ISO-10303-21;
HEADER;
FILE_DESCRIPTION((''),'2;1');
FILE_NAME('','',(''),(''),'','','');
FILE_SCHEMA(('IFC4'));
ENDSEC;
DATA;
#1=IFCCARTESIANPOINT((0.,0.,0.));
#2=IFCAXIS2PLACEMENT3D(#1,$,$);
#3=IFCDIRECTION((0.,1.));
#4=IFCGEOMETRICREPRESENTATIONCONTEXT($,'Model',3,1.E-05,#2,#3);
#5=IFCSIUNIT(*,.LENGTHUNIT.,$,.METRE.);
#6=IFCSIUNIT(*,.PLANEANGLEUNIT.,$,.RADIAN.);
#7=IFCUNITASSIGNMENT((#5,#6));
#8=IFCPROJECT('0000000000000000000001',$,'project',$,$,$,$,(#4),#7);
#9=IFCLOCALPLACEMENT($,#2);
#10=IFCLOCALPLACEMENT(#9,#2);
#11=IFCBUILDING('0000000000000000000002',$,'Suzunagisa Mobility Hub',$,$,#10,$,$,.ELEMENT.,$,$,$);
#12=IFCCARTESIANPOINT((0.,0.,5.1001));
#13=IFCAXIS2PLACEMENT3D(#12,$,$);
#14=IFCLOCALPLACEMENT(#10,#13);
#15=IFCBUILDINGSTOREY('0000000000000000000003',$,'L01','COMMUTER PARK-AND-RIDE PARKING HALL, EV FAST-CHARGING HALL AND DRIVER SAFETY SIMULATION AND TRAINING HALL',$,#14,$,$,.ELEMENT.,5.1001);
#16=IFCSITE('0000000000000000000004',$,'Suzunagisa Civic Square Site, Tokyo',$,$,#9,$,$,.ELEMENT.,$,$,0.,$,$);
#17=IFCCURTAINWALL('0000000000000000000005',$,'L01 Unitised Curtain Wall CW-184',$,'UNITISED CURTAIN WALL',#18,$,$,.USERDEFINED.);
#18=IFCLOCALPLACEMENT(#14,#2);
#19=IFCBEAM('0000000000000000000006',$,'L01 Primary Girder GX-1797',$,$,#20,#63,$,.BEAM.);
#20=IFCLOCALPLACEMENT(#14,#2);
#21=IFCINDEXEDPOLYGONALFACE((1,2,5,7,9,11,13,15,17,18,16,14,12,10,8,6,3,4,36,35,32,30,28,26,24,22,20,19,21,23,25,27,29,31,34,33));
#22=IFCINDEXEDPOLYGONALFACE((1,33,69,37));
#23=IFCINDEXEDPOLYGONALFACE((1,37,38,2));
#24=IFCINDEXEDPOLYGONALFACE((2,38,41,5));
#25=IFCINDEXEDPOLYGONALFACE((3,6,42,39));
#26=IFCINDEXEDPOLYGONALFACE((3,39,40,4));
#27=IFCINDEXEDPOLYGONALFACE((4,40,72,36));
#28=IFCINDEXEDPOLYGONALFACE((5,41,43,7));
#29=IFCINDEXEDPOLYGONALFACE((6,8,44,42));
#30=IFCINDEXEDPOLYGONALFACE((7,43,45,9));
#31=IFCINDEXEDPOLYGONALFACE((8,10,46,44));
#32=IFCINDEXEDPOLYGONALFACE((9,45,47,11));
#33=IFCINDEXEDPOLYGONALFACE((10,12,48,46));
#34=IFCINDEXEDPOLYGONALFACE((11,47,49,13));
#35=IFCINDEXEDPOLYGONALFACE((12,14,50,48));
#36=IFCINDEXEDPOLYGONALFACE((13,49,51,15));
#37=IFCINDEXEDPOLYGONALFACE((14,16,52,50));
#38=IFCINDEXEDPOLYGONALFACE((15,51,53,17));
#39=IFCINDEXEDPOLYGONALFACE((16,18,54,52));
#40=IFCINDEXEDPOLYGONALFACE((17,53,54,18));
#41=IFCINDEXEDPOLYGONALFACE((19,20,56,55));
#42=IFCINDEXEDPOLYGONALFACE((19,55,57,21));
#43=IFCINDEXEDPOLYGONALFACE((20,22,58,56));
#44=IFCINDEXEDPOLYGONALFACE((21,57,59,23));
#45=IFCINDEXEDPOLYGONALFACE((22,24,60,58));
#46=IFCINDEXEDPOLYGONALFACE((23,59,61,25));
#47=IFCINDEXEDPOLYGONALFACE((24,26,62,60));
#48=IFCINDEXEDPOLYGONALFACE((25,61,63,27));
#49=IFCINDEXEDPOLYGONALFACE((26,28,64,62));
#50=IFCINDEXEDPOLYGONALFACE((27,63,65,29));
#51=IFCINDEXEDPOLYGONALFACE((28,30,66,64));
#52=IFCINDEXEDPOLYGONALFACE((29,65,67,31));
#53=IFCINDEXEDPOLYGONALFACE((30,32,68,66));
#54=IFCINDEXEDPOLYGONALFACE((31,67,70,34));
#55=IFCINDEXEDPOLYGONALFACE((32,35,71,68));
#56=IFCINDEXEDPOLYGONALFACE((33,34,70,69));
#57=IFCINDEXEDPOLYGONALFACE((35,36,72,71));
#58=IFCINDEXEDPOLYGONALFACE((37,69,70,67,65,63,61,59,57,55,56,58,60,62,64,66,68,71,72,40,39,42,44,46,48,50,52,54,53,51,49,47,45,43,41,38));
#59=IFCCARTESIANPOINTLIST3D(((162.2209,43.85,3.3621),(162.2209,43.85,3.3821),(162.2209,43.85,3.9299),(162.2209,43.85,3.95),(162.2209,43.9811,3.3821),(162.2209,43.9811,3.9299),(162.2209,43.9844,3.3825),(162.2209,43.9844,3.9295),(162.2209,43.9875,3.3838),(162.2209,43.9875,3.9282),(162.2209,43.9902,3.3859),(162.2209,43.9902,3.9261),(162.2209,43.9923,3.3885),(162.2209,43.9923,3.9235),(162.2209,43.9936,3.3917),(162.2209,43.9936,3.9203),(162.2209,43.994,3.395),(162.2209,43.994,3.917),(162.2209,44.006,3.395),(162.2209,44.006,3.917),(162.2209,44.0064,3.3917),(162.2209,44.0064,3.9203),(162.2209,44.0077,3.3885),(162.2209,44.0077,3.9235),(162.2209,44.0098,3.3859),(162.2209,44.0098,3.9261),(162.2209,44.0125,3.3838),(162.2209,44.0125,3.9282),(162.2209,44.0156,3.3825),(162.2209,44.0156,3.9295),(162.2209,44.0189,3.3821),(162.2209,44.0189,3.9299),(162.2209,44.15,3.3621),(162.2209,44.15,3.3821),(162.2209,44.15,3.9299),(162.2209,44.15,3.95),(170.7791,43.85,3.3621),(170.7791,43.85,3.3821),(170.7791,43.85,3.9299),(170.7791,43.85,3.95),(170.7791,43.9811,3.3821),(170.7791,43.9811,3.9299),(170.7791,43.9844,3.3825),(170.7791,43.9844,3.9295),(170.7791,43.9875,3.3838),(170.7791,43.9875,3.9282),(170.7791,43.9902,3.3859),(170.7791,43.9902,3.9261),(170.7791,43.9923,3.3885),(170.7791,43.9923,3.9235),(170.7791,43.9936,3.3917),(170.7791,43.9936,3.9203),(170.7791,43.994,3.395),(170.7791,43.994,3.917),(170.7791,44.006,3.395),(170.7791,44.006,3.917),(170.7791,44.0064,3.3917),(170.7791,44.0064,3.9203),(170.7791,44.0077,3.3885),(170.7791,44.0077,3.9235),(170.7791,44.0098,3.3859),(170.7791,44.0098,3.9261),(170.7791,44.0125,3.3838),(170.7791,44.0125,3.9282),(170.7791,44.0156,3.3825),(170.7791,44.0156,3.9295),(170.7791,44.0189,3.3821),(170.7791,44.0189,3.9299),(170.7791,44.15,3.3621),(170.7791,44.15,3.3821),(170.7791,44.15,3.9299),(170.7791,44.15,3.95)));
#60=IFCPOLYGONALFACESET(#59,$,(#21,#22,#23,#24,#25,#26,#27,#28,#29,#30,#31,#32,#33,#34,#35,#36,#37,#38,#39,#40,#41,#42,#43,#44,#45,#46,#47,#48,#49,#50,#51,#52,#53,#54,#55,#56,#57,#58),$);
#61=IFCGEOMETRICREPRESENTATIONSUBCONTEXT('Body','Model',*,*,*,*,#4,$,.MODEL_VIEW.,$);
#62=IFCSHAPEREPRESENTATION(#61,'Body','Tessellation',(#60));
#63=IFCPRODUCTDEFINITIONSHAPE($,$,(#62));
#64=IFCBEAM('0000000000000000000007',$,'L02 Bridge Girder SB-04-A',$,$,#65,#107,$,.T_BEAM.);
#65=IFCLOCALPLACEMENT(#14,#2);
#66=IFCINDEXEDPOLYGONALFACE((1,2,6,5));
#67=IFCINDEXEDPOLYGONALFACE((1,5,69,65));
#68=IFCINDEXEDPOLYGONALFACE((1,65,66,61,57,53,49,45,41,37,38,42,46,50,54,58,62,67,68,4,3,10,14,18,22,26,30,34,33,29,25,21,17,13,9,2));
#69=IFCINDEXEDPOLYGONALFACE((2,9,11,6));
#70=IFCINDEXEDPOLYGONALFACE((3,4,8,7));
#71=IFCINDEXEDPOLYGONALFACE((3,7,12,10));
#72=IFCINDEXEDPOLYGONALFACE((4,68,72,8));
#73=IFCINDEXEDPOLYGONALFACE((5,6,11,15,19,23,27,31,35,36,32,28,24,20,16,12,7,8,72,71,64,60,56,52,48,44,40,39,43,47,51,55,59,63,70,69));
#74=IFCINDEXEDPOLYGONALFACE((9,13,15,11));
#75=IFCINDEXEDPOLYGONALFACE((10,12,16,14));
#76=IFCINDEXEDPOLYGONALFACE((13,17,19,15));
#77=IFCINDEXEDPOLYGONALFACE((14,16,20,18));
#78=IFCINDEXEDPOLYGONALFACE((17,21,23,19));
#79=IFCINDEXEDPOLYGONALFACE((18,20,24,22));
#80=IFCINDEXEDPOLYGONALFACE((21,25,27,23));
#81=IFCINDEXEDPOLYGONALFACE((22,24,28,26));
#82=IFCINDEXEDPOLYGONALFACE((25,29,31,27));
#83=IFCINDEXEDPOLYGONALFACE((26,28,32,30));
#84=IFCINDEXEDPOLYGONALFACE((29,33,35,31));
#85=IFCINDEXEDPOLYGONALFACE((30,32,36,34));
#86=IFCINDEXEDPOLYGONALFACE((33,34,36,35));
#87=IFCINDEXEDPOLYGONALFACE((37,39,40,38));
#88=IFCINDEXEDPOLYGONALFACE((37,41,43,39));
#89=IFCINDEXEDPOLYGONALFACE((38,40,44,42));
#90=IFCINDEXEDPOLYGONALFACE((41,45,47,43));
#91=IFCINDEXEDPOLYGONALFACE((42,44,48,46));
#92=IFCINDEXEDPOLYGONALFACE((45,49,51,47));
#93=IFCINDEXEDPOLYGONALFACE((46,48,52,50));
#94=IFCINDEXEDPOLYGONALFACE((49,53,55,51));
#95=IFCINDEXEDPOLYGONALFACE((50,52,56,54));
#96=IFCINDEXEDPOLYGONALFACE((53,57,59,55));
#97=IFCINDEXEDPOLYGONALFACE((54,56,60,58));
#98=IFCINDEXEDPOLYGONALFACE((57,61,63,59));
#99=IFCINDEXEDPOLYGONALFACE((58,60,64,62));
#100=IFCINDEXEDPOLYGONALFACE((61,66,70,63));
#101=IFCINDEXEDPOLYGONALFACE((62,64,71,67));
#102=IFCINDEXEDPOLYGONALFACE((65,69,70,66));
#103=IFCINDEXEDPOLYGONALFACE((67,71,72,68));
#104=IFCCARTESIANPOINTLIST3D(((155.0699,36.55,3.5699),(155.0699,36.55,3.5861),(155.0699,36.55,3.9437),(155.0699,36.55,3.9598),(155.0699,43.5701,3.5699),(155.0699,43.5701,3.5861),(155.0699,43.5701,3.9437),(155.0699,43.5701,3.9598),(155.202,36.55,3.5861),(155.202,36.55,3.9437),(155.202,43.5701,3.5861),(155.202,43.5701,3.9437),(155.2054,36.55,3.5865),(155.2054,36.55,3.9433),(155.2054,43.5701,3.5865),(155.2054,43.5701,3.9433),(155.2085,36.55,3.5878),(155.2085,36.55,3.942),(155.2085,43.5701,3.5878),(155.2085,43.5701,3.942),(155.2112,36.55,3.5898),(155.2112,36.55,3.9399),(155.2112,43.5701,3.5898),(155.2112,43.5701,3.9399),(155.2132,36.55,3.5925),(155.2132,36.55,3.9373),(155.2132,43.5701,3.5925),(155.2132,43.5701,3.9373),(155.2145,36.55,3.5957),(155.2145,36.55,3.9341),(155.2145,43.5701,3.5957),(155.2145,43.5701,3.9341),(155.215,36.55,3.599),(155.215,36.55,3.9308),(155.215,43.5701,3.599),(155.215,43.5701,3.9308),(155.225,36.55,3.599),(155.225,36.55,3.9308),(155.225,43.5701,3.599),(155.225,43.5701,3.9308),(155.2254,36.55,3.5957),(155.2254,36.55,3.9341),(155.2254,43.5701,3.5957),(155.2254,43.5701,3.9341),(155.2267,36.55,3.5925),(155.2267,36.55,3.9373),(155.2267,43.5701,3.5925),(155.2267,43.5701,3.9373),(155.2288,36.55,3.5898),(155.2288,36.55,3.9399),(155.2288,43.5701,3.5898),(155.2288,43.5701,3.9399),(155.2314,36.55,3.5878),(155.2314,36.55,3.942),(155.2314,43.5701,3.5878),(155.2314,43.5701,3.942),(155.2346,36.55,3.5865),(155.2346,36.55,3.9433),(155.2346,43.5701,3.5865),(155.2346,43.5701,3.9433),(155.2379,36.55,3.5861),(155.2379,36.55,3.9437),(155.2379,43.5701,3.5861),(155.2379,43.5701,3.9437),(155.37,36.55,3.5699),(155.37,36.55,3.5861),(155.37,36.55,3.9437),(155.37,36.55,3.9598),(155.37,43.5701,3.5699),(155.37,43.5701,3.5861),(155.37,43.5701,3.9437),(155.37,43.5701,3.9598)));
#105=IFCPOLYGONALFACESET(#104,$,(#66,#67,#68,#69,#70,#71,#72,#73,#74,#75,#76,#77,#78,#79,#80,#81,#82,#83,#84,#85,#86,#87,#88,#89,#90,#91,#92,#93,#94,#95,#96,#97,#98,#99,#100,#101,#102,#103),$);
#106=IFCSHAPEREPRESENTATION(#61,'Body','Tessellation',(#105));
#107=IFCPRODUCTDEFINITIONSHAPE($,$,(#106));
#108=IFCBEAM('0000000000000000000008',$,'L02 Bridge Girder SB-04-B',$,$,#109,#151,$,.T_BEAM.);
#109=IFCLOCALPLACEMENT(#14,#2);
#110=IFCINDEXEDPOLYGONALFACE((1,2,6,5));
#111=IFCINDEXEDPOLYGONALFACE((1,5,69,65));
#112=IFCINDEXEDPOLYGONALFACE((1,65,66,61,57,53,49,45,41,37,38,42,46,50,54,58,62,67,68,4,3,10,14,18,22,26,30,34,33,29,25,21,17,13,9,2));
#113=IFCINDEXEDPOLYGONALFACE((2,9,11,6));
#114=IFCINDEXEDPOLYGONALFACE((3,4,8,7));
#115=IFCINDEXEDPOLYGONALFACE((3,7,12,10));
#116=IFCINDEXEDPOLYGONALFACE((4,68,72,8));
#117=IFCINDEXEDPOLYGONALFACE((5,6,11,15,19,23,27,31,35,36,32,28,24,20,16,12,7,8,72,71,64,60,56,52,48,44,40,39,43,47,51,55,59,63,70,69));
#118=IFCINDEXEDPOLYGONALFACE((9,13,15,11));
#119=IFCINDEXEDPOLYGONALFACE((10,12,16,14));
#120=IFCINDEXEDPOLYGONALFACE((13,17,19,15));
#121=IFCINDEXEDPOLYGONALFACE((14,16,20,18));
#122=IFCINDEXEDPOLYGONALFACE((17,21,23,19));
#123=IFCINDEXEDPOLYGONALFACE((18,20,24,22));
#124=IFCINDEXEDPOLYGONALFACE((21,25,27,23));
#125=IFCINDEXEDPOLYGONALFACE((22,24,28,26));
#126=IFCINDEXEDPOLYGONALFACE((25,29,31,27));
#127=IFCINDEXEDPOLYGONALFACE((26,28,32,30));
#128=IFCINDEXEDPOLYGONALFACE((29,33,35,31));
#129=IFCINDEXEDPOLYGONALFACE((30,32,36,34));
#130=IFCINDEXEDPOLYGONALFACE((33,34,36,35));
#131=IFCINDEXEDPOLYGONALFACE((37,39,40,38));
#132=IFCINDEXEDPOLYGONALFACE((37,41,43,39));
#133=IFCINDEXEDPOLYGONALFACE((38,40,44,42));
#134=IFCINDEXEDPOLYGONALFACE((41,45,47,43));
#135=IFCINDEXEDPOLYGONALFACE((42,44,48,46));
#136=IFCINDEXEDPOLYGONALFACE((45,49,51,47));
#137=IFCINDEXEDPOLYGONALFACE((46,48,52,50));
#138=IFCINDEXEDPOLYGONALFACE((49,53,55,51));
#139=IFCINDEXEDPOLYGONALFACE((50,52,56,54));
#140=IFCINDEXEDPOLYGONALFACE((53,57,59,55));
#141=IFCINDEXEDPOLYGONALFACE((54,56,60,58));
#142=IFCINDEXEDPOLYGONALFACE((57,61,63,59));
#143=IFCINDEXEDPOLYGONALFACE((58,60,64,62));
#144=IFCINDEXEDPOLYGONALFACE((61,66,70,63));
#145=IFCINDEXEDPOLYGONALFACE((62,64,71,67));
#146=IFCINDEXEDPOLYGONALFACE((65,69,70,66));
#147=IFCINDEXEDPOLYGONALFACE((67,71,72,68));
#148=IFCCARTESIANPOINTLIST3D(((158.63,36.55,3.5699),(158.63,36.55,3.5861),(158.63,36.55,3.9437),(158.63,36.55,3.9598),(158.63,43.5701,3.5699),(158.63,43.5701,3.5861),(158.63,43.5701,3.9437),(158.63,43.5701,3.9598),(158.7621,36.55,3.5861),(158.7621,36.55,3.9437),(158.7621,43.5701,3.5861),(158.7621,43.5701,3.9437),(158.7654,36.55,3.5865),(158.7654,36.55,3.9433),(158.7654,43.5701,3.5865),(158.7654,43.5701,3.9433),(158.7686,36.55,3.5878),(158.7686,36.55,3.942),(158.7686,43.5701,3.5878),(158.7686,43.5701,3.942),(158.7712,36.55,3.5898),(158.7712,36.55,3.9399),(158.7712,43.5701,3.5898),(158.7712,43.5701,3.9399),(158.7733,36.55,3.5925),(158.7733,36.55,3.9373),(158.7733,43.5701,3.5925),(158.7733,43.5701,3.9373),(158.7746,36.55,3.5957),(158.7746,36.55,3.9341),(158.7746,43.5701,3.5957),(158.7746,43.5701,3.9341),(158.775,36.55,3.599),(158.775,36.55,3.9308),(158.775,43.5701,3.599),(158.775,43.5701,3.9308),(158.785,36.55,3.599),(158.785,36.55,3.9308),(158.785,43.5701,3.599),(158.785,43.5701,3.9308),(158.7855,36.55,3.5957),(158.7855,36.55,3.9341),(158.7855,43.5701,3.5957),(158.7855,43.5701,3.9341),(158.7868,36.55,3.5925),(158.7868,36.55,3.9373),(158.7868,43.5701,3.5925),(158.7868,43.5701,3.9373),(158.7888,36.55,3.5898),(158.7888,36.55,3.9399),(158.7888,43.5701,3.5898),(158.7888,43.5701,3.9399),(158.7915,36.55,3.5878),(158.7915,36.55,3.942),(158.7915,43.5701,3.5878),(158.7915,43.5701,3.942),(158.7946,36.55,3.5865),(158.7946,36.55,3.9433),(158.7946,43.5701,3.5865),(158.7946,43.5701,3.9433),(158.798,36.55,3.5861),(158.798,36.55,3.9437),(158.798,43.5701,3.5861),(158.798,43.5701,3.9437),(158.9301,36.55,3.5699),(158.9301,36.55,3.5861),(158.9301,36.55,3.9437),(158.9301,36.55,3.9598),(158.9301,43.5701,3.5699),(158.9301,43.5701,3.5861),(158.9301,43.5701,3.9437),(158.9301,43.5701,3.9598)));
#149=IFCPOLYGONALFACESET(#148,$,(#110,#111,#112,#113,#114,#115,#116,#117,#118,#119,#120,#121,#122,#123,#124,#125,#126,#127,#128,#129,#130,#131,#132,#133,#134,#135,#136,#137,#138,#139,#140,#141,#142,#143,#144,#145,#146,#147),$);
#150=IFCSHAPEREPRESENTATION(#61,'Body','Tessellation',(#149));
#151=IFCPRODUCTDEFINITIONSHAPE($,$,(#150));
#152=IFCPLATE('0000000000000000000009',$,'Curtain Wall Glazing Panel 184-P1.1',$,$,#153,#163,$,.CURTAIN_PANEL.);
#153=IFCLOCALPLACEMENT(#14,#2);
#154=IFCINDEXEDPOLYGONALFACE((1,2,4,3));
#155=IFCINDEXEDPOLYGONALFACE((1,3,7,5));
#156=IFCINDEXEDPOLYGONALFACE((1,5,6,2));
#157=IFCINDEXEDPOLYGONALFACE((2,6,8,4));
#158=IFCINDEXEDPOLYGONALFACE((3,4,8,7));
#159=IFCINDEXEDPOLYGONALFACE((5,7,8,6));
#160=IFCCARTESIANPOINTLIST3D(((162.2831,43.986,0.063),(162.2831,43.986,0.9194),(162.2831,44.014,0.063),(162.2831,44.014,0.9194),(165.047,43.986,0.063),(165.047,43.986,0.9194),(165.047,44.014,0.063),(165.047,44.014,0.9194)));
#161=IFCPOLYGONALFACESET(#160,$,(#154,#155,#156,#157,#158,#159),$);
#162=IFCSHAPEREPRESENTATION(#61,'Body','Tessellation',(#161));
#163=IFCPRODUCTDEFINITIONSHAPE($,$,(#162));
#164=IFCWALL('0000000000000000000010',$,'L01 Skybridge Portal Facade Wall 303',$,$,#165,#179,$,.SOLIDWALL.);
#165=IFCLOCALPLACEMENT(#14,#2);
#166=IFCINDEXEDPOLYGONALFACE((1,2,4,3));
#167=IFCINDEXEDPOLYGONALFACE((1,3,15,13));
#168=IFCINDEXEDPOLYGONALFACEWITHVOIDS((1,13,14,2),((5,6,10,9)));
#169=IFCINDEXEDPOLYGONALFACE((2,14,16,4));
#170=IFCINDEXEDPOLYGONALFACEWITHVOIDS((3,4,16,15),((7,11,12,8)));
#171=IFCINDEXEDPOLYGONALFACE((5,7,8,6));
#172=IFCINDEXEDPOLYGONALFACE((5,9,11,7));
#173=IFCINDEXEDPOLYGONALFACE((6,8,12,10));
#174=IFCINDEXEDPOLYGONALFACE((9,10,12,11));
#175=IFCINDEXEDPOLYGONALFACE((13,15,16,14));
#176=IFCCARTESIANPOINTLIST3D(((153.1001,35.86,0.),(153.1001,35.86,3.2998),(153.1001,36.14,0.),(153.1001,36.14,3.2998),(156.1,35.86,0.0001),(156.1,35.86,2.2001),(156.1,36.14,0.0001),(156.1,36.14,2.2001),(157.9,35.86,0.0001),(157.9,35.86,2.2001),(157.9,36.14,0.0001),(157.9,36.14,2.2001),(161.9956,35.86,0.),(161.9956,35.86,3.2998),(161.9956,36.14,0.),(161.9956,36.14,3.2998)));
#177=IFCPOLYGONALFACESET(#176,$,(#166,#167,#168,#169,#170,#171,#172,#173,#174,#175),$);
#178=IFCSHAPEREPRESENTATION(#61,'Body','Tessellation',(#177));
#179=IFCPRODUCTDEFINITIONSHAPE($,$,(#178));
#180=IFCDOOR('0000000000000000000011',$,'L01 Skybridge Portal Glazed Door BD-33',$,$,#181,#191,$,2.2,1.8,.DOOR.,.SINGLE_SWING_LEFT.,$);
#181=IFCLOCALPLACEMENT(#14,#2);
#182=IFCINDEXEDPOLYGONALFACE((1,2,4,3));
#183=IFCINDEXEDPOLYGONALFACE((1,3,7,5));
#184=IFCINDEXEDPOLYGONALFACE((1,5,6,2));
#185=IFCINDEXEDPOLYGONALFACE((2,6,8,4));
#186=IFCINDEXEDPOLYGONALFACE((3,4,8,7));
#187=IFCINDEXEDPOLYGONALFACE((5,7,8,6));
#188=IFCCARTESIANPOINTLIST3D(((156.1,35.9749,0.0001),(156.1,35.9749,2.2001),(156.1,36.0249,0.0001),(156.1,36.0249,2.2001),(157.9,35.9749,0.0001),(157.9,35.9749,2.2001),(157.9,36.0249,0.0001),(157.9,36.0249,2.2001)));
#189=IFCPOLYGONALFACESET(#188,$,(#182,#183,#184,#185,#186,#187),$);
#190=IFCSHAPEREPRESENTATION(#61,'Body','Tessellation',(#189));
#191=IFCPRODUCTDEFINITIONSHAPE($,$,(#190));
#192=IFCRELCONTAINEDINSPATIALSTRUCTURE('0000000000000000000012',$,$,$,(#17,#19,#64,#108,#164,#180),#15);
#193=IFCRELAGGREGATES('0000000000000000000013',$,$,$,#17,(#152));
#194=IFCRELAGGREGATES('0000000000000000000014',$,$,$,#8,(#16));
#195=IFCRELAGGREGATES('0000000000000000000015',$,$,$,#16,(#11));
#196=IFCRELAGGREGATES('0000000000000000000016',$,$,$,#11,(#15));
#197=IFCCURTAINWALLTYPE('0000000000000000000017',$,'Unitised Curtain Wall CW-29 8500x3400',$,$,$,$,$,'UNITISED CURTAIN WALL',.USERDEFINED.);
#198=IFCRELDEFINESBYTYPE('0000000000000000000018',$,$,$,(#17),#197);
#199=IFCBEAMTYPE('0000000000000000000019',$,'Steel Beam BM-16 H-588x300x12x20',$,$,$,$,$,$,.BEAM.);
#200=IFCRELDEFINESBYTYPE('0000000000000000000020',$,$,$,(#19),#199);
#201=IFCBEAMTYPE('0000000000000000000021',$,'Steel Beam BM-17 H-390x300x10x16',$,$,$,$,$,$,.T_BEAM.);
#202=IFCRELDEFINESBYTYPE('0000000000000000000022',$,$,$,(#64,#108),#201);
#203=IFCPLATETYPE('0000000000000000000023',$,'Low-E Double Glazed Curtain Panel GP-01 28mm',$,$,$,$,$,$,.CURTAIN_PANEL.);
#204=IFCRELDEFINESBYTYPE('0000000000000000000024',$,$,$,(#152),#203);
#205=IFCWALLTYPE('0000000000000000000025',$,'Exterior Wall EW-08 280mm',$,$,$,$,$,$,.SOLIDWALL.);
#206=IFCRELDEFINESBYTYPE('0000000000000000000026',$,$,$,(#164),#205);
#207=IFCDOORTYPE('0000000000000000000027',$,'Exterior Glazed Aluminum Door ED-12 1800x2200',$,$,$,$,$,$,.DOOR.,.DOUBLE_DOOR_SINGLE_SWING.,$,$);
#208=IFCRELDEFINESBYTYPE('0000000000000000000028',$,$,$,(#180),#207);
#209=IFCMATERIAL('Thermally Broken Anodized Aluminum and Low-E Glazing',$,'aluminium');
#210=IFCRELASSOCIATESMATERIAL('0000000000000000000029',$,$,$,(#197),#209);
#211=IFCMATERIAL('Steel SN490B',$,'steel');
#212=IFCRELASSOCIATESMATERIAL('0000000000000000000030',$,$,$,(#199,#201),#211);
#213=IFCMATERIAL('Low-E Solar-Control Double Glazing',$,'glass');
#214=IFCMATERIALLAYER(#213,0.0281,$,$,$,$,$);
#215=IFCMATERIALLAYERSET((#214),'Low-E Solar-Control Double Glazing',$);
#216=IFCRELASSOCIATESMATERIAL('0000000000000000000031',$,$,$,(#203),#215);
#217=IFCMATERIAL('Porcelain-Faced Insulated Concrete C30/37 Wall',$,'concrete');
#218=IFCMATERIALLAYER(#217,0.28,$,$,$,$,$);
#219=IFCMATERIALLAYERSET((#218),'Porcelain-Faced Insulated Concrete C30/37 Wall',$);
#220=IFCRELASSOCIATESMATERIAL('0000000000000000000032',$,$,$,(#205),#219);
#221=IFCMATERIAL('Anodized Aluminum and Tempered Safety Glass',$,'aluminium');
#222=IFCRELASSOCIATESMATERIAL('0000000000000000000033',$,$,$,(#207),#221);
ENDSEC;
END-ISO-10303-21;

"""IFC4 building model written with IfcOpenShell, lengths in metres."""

from ifc_helpers import new_model, si_unit, direction, frame, frame_2d, origin, origin_2d, place, context, subcontext, project, spatial, rectangle, i_section, extrude, material, layer, layer_set, material_profile, profile_set, type_object, element, fill, aggregate, save


model = new_model("IFC4")

# Units and contexts
model_context = context("Model", 3, precision=1e-05, world=origin(), true_north=direction((0.0, 1.0)))
body_context = subcontext(model_context, "Body", "Model", "MODEL_VIEW")
ifc_project = project(units=[si_unit("LENGTHUNIT", "METRE"), si_unit("PLANEANGLEUNIT", "RADIAN")], contexts=[model_context])

# Site, building, storey
site_placement = place(None, origin())
site = spatial("IfcSite", under=ifc_project, at=site_placement, Name="Suzunagisa Civic Square Site, Tokyo", CompositionType="ELEMENT", RefElevation=0.0)
building_placement = place(site_placement, origin())
building = spatial("IfcBuilding", under=site, at=building_placement, Name="Suzunagisa Mobility Hub", CompositionType="ELEMENT")
storey_placement = place(building_placement, frame((0.0, 0.0, 5.1001)))
storey = spatial("IfcBuildingStorey", under=building, at=storey_placement, Name="L01", Description="COMMUTER PARK-AND-RIDE PARKING HALL, EV FAST-CHARGING HALL AND DRIVER SAFETY SIMULATION AND TRAINING HALL", CompositionType="ELEMENT", Elevation=5.1001)

# Shared definitions
ifc_material_1 = material(Name="Steel SN490B", Category="steel")

# Curtain wall
ifc_material_2 = material(Name="Thermally Broken Anodized Aluminum and Low-E Glazing", Category="aluminium")
curtain_wall_type = type_object("IfcCurtainWallType", Name="Unitised Curtain Wall CW-29 8500x3400", ElementType="UNITISED CURTAIN WALL", PredefinedType="USERDEFINED", material=ifc_material_2)
curtain_wall_placement = place(storey_placement, origin())
curtain_wall = element("IfcCurtainWall", 1, at=curtain_wall_placement, inside=storey, type_object=curtain_wall_type, Name="L01 Unitised Curtain Wall CW-184", ObjectType="UNITISED CURTAIN WALL", PredefinedType="USERDEFINED")

# Beams
ifc_material_profile_1 = material_profile(ifc_material_1, i_section(OverallWidth=0.3, OverallDepth=0.5879, WebThickness=0.012, FlangeThickness=0.02, FilletRadius=0.0129, at=origin_2d()), Name="H-588x300x12x20")
ifc_profile_set_1 = profile_set([ifc_material_profile_1], Name="Steel SN490B")
beam_type_1 = type_object("IfcBeamType", Name="Steel Beam BM-16 H-588x300x12x20", PredefinedType="BEAM", material=ifc_profile_set_1)
beam_1_placement = place(storey_placement, frame((162.2209, 44.0, 3.656), z_axis=(1.0, 0.0, 0.0), x_axis=(0.0, 1.0, 0.0)))
element("IfcBeam", 2, at=beam_1_placement, inside=storey, type_object=beam_type_1, Name="L01 Primary Girder GX-1797", PredefinedType="BEAM", context=body_context, shape_type="SweptSolid", body=[
    extrude(i_section(OverallWidth=0.3, OverallDepth=0.5879, WebThickness=0.012, FlangeThickness=0.02, FilletRadius=0.0129, at=origin_2d()), origin(), (0.0, 0.0, 1.0), 8.5581),
])
ifc_material_profile_2 = material_profile(ifc_material_1, i_section(OverallWidth=0.3, OverallDepth=0.3899, WebThickness=0.01, FlangeThickness=0.0161, FilletRadius=0.0129, at=origin_2d()), Name="H-390x300x10x16")
ifc_profile_set_2 = profile_set([ifc_material_profile_2], Name="Steel SN490B")
beam_type_2 = type_object("IfcBeamType", Name="Steel Beam BM-17 H-390x300x10x16", PredefinedType="T_BEAM", material=ifc_profile_set_2)
for number, where, z_axis, x_axis, name in (
    (3, (155.22, 36.55, 3.7649), (0.0, 1.0, 0.0), (-1.0, 0.0, 0.0), "L02 Bridge Girder SB-04-A"),
    (4, (158.78, 36.55, 3.7649), (0.0, 1.0, 0.0), (-1.0, 0.0, 0.0), "L02 Bridge Girder SB-04-B"),
):
    element("IfcBeam", number, at=place(storey_placement, frame(where, z_axis=z_axis, x_axis=x_axis)), inside=storey, type_object=beam_type_2, Name=name, PredefinedType="T_BEAM", context=body_context, shape_type="SweptSolid", body=[
        extrude(i_section(OverallWidth=0.3, OverallDepth=0.3899, WebThickness=0.01, FlangeThickness=0.0161, FilletRadius=0.0129, at=origin_2d()), origin(), (0.0, 0.0, 1.0), 7.02),
    ])

# Plate
ifc_material_3 = material(Name="Low-E Solar-Control Double Glazing", Category="glass")
ifc_layer_1 = layer(ifc_material_3, 0.0281)
ifc_layer_set_1 = layer_set([ifc_layer_1], Name="Low-E Solar-Control Double Glazing")
plate_type = type_object("IfcPlateType", Name="Low-E Double Glazed Curtain Panel GP-01 28mm", PredefinedType="CURTAIN_PANEL", material=ifc_layer_set_1)
plate_placement = place(storey_placement, frame((163.665, 44.0, 0.063), z_axis=(0.0, 0.0, 1.0), x_axis=(1.0, 0.0, 0.0)))
plate = element("IfcPlate", 5, at=plate_placement, type_object=plate_type, Name="Curtain Wall Glazing Panel 184-P1.1", PredefinedType="CURTAIN_PANEL", context=body_context, shape_type="SweptSolid", body=[
    extrude(rectangle(XDim=2.7639, YDim=0.0281, at=origin_2d()), origin(), (0.0, 0.0, 1.0), 0.8564),
])
aggregate(curtain_wall, [plate])

# Wall, opening, door
ifc_material_4 = material(Name="Porcelain-Faced Insulated Concrete C30/37 Wall", Category="concrete")
ifc_layer_2 = layer(ifc_material_4, 0.28)
ifc_layer_set_2 = layer_set([ifc_layer_2], Name="Porcelain-Faced Insulated Concrete C30/37 Wall")
wall_type_1 = type_object("IfcWallType", Name="Exterior Wall EW-08 280mm", PredefinedType="SOLIDWALL", material=ifc_layer_set_2)
wall_1_placement = place(storey_placement, frame((161.9956, 36.0, 0.0), z_axis=(0.0, 0.0, 1.0), x_axis=(-1.0, 0.0, 0.0)))
wall_1 = element("IfcWall", 6, at=wall_1_placement, inside=storey, type_object=wall_type_1, Name="L01 Skybridge Portal Facade Wall 303", PredefinedType="SOLIDWALL", context=body_context, shape_type="SweptSolid", body=[
    extrude(rectangle(XDim=8.8955, YDim=0.28, at=frame_2d((4.4478, 0.0))), origin(), (0.0, 0.0, 1.0), 3.2998),
])
opening_1_placement = place(wall_1_placement, frame((5.8955, 0.0, 0.0), z_axis=(0.0, 0.0, 1.0), x_axis=(-1.0, 0.0, 0.0)))
opening_1 = element("IfcOpeningElement", 7, at=opening_1_placement, cuts=wall_1, PredefinedType="OPENING", context=body_context, shape_type="SweptSolid", body=[
    extrude(rectangle(XDim=1.8, YDim=2.2, at=frame_2d((0.8999, 1.1001))), frame((0.0, 0.1509, 0.0), z_axis=(0.0, -1.0, 0.0), x_axis=(1.0, 0.0, 0.0)), (0.0, 0.0, 1.0), 0.302),
])
ifc_material_5 = material(Name="Anodized Aluminum and Tempered Safety Glass", Category="aluminium")
door_type_1 = type_object("IfcDoorType", Name="Exterior Glazed Aluminum Door ED-12 1800x2200", OperationType="DOUBLE_DOOR_SINGLE_SWING", PredefinedType="DOOR", material=ifc_material_5)
door_1_placement = place(opening_1_placement, origin())
door_1 = element("IfcDoor", 8, at=door_1_placement, inside=storey, type_object=door_type_1, Name="L01 Skybridge Portal Glazed Door BD-33", OperationType="SINGLE_SWING_LEFT", OverallHeight=2.2, OverallWidth=1.8, PredefinedType="DOOR", context=body_context, shape_type="SweptSolid", body=[
    extrude(rectangle(XDim=1.8, YDim=2.2, at=frame_2d((0.8999, 1.1001))), frame((0.0, 0.0249, 0.0), z_axis=(0.0, -1.0, 0.0), x_axis=(1.0, 0.0, 0.0)), (0.0, 0.0, 1.0), 0.05),
])
fill(opening_1, door_1)

save(model, "model.ifc")
